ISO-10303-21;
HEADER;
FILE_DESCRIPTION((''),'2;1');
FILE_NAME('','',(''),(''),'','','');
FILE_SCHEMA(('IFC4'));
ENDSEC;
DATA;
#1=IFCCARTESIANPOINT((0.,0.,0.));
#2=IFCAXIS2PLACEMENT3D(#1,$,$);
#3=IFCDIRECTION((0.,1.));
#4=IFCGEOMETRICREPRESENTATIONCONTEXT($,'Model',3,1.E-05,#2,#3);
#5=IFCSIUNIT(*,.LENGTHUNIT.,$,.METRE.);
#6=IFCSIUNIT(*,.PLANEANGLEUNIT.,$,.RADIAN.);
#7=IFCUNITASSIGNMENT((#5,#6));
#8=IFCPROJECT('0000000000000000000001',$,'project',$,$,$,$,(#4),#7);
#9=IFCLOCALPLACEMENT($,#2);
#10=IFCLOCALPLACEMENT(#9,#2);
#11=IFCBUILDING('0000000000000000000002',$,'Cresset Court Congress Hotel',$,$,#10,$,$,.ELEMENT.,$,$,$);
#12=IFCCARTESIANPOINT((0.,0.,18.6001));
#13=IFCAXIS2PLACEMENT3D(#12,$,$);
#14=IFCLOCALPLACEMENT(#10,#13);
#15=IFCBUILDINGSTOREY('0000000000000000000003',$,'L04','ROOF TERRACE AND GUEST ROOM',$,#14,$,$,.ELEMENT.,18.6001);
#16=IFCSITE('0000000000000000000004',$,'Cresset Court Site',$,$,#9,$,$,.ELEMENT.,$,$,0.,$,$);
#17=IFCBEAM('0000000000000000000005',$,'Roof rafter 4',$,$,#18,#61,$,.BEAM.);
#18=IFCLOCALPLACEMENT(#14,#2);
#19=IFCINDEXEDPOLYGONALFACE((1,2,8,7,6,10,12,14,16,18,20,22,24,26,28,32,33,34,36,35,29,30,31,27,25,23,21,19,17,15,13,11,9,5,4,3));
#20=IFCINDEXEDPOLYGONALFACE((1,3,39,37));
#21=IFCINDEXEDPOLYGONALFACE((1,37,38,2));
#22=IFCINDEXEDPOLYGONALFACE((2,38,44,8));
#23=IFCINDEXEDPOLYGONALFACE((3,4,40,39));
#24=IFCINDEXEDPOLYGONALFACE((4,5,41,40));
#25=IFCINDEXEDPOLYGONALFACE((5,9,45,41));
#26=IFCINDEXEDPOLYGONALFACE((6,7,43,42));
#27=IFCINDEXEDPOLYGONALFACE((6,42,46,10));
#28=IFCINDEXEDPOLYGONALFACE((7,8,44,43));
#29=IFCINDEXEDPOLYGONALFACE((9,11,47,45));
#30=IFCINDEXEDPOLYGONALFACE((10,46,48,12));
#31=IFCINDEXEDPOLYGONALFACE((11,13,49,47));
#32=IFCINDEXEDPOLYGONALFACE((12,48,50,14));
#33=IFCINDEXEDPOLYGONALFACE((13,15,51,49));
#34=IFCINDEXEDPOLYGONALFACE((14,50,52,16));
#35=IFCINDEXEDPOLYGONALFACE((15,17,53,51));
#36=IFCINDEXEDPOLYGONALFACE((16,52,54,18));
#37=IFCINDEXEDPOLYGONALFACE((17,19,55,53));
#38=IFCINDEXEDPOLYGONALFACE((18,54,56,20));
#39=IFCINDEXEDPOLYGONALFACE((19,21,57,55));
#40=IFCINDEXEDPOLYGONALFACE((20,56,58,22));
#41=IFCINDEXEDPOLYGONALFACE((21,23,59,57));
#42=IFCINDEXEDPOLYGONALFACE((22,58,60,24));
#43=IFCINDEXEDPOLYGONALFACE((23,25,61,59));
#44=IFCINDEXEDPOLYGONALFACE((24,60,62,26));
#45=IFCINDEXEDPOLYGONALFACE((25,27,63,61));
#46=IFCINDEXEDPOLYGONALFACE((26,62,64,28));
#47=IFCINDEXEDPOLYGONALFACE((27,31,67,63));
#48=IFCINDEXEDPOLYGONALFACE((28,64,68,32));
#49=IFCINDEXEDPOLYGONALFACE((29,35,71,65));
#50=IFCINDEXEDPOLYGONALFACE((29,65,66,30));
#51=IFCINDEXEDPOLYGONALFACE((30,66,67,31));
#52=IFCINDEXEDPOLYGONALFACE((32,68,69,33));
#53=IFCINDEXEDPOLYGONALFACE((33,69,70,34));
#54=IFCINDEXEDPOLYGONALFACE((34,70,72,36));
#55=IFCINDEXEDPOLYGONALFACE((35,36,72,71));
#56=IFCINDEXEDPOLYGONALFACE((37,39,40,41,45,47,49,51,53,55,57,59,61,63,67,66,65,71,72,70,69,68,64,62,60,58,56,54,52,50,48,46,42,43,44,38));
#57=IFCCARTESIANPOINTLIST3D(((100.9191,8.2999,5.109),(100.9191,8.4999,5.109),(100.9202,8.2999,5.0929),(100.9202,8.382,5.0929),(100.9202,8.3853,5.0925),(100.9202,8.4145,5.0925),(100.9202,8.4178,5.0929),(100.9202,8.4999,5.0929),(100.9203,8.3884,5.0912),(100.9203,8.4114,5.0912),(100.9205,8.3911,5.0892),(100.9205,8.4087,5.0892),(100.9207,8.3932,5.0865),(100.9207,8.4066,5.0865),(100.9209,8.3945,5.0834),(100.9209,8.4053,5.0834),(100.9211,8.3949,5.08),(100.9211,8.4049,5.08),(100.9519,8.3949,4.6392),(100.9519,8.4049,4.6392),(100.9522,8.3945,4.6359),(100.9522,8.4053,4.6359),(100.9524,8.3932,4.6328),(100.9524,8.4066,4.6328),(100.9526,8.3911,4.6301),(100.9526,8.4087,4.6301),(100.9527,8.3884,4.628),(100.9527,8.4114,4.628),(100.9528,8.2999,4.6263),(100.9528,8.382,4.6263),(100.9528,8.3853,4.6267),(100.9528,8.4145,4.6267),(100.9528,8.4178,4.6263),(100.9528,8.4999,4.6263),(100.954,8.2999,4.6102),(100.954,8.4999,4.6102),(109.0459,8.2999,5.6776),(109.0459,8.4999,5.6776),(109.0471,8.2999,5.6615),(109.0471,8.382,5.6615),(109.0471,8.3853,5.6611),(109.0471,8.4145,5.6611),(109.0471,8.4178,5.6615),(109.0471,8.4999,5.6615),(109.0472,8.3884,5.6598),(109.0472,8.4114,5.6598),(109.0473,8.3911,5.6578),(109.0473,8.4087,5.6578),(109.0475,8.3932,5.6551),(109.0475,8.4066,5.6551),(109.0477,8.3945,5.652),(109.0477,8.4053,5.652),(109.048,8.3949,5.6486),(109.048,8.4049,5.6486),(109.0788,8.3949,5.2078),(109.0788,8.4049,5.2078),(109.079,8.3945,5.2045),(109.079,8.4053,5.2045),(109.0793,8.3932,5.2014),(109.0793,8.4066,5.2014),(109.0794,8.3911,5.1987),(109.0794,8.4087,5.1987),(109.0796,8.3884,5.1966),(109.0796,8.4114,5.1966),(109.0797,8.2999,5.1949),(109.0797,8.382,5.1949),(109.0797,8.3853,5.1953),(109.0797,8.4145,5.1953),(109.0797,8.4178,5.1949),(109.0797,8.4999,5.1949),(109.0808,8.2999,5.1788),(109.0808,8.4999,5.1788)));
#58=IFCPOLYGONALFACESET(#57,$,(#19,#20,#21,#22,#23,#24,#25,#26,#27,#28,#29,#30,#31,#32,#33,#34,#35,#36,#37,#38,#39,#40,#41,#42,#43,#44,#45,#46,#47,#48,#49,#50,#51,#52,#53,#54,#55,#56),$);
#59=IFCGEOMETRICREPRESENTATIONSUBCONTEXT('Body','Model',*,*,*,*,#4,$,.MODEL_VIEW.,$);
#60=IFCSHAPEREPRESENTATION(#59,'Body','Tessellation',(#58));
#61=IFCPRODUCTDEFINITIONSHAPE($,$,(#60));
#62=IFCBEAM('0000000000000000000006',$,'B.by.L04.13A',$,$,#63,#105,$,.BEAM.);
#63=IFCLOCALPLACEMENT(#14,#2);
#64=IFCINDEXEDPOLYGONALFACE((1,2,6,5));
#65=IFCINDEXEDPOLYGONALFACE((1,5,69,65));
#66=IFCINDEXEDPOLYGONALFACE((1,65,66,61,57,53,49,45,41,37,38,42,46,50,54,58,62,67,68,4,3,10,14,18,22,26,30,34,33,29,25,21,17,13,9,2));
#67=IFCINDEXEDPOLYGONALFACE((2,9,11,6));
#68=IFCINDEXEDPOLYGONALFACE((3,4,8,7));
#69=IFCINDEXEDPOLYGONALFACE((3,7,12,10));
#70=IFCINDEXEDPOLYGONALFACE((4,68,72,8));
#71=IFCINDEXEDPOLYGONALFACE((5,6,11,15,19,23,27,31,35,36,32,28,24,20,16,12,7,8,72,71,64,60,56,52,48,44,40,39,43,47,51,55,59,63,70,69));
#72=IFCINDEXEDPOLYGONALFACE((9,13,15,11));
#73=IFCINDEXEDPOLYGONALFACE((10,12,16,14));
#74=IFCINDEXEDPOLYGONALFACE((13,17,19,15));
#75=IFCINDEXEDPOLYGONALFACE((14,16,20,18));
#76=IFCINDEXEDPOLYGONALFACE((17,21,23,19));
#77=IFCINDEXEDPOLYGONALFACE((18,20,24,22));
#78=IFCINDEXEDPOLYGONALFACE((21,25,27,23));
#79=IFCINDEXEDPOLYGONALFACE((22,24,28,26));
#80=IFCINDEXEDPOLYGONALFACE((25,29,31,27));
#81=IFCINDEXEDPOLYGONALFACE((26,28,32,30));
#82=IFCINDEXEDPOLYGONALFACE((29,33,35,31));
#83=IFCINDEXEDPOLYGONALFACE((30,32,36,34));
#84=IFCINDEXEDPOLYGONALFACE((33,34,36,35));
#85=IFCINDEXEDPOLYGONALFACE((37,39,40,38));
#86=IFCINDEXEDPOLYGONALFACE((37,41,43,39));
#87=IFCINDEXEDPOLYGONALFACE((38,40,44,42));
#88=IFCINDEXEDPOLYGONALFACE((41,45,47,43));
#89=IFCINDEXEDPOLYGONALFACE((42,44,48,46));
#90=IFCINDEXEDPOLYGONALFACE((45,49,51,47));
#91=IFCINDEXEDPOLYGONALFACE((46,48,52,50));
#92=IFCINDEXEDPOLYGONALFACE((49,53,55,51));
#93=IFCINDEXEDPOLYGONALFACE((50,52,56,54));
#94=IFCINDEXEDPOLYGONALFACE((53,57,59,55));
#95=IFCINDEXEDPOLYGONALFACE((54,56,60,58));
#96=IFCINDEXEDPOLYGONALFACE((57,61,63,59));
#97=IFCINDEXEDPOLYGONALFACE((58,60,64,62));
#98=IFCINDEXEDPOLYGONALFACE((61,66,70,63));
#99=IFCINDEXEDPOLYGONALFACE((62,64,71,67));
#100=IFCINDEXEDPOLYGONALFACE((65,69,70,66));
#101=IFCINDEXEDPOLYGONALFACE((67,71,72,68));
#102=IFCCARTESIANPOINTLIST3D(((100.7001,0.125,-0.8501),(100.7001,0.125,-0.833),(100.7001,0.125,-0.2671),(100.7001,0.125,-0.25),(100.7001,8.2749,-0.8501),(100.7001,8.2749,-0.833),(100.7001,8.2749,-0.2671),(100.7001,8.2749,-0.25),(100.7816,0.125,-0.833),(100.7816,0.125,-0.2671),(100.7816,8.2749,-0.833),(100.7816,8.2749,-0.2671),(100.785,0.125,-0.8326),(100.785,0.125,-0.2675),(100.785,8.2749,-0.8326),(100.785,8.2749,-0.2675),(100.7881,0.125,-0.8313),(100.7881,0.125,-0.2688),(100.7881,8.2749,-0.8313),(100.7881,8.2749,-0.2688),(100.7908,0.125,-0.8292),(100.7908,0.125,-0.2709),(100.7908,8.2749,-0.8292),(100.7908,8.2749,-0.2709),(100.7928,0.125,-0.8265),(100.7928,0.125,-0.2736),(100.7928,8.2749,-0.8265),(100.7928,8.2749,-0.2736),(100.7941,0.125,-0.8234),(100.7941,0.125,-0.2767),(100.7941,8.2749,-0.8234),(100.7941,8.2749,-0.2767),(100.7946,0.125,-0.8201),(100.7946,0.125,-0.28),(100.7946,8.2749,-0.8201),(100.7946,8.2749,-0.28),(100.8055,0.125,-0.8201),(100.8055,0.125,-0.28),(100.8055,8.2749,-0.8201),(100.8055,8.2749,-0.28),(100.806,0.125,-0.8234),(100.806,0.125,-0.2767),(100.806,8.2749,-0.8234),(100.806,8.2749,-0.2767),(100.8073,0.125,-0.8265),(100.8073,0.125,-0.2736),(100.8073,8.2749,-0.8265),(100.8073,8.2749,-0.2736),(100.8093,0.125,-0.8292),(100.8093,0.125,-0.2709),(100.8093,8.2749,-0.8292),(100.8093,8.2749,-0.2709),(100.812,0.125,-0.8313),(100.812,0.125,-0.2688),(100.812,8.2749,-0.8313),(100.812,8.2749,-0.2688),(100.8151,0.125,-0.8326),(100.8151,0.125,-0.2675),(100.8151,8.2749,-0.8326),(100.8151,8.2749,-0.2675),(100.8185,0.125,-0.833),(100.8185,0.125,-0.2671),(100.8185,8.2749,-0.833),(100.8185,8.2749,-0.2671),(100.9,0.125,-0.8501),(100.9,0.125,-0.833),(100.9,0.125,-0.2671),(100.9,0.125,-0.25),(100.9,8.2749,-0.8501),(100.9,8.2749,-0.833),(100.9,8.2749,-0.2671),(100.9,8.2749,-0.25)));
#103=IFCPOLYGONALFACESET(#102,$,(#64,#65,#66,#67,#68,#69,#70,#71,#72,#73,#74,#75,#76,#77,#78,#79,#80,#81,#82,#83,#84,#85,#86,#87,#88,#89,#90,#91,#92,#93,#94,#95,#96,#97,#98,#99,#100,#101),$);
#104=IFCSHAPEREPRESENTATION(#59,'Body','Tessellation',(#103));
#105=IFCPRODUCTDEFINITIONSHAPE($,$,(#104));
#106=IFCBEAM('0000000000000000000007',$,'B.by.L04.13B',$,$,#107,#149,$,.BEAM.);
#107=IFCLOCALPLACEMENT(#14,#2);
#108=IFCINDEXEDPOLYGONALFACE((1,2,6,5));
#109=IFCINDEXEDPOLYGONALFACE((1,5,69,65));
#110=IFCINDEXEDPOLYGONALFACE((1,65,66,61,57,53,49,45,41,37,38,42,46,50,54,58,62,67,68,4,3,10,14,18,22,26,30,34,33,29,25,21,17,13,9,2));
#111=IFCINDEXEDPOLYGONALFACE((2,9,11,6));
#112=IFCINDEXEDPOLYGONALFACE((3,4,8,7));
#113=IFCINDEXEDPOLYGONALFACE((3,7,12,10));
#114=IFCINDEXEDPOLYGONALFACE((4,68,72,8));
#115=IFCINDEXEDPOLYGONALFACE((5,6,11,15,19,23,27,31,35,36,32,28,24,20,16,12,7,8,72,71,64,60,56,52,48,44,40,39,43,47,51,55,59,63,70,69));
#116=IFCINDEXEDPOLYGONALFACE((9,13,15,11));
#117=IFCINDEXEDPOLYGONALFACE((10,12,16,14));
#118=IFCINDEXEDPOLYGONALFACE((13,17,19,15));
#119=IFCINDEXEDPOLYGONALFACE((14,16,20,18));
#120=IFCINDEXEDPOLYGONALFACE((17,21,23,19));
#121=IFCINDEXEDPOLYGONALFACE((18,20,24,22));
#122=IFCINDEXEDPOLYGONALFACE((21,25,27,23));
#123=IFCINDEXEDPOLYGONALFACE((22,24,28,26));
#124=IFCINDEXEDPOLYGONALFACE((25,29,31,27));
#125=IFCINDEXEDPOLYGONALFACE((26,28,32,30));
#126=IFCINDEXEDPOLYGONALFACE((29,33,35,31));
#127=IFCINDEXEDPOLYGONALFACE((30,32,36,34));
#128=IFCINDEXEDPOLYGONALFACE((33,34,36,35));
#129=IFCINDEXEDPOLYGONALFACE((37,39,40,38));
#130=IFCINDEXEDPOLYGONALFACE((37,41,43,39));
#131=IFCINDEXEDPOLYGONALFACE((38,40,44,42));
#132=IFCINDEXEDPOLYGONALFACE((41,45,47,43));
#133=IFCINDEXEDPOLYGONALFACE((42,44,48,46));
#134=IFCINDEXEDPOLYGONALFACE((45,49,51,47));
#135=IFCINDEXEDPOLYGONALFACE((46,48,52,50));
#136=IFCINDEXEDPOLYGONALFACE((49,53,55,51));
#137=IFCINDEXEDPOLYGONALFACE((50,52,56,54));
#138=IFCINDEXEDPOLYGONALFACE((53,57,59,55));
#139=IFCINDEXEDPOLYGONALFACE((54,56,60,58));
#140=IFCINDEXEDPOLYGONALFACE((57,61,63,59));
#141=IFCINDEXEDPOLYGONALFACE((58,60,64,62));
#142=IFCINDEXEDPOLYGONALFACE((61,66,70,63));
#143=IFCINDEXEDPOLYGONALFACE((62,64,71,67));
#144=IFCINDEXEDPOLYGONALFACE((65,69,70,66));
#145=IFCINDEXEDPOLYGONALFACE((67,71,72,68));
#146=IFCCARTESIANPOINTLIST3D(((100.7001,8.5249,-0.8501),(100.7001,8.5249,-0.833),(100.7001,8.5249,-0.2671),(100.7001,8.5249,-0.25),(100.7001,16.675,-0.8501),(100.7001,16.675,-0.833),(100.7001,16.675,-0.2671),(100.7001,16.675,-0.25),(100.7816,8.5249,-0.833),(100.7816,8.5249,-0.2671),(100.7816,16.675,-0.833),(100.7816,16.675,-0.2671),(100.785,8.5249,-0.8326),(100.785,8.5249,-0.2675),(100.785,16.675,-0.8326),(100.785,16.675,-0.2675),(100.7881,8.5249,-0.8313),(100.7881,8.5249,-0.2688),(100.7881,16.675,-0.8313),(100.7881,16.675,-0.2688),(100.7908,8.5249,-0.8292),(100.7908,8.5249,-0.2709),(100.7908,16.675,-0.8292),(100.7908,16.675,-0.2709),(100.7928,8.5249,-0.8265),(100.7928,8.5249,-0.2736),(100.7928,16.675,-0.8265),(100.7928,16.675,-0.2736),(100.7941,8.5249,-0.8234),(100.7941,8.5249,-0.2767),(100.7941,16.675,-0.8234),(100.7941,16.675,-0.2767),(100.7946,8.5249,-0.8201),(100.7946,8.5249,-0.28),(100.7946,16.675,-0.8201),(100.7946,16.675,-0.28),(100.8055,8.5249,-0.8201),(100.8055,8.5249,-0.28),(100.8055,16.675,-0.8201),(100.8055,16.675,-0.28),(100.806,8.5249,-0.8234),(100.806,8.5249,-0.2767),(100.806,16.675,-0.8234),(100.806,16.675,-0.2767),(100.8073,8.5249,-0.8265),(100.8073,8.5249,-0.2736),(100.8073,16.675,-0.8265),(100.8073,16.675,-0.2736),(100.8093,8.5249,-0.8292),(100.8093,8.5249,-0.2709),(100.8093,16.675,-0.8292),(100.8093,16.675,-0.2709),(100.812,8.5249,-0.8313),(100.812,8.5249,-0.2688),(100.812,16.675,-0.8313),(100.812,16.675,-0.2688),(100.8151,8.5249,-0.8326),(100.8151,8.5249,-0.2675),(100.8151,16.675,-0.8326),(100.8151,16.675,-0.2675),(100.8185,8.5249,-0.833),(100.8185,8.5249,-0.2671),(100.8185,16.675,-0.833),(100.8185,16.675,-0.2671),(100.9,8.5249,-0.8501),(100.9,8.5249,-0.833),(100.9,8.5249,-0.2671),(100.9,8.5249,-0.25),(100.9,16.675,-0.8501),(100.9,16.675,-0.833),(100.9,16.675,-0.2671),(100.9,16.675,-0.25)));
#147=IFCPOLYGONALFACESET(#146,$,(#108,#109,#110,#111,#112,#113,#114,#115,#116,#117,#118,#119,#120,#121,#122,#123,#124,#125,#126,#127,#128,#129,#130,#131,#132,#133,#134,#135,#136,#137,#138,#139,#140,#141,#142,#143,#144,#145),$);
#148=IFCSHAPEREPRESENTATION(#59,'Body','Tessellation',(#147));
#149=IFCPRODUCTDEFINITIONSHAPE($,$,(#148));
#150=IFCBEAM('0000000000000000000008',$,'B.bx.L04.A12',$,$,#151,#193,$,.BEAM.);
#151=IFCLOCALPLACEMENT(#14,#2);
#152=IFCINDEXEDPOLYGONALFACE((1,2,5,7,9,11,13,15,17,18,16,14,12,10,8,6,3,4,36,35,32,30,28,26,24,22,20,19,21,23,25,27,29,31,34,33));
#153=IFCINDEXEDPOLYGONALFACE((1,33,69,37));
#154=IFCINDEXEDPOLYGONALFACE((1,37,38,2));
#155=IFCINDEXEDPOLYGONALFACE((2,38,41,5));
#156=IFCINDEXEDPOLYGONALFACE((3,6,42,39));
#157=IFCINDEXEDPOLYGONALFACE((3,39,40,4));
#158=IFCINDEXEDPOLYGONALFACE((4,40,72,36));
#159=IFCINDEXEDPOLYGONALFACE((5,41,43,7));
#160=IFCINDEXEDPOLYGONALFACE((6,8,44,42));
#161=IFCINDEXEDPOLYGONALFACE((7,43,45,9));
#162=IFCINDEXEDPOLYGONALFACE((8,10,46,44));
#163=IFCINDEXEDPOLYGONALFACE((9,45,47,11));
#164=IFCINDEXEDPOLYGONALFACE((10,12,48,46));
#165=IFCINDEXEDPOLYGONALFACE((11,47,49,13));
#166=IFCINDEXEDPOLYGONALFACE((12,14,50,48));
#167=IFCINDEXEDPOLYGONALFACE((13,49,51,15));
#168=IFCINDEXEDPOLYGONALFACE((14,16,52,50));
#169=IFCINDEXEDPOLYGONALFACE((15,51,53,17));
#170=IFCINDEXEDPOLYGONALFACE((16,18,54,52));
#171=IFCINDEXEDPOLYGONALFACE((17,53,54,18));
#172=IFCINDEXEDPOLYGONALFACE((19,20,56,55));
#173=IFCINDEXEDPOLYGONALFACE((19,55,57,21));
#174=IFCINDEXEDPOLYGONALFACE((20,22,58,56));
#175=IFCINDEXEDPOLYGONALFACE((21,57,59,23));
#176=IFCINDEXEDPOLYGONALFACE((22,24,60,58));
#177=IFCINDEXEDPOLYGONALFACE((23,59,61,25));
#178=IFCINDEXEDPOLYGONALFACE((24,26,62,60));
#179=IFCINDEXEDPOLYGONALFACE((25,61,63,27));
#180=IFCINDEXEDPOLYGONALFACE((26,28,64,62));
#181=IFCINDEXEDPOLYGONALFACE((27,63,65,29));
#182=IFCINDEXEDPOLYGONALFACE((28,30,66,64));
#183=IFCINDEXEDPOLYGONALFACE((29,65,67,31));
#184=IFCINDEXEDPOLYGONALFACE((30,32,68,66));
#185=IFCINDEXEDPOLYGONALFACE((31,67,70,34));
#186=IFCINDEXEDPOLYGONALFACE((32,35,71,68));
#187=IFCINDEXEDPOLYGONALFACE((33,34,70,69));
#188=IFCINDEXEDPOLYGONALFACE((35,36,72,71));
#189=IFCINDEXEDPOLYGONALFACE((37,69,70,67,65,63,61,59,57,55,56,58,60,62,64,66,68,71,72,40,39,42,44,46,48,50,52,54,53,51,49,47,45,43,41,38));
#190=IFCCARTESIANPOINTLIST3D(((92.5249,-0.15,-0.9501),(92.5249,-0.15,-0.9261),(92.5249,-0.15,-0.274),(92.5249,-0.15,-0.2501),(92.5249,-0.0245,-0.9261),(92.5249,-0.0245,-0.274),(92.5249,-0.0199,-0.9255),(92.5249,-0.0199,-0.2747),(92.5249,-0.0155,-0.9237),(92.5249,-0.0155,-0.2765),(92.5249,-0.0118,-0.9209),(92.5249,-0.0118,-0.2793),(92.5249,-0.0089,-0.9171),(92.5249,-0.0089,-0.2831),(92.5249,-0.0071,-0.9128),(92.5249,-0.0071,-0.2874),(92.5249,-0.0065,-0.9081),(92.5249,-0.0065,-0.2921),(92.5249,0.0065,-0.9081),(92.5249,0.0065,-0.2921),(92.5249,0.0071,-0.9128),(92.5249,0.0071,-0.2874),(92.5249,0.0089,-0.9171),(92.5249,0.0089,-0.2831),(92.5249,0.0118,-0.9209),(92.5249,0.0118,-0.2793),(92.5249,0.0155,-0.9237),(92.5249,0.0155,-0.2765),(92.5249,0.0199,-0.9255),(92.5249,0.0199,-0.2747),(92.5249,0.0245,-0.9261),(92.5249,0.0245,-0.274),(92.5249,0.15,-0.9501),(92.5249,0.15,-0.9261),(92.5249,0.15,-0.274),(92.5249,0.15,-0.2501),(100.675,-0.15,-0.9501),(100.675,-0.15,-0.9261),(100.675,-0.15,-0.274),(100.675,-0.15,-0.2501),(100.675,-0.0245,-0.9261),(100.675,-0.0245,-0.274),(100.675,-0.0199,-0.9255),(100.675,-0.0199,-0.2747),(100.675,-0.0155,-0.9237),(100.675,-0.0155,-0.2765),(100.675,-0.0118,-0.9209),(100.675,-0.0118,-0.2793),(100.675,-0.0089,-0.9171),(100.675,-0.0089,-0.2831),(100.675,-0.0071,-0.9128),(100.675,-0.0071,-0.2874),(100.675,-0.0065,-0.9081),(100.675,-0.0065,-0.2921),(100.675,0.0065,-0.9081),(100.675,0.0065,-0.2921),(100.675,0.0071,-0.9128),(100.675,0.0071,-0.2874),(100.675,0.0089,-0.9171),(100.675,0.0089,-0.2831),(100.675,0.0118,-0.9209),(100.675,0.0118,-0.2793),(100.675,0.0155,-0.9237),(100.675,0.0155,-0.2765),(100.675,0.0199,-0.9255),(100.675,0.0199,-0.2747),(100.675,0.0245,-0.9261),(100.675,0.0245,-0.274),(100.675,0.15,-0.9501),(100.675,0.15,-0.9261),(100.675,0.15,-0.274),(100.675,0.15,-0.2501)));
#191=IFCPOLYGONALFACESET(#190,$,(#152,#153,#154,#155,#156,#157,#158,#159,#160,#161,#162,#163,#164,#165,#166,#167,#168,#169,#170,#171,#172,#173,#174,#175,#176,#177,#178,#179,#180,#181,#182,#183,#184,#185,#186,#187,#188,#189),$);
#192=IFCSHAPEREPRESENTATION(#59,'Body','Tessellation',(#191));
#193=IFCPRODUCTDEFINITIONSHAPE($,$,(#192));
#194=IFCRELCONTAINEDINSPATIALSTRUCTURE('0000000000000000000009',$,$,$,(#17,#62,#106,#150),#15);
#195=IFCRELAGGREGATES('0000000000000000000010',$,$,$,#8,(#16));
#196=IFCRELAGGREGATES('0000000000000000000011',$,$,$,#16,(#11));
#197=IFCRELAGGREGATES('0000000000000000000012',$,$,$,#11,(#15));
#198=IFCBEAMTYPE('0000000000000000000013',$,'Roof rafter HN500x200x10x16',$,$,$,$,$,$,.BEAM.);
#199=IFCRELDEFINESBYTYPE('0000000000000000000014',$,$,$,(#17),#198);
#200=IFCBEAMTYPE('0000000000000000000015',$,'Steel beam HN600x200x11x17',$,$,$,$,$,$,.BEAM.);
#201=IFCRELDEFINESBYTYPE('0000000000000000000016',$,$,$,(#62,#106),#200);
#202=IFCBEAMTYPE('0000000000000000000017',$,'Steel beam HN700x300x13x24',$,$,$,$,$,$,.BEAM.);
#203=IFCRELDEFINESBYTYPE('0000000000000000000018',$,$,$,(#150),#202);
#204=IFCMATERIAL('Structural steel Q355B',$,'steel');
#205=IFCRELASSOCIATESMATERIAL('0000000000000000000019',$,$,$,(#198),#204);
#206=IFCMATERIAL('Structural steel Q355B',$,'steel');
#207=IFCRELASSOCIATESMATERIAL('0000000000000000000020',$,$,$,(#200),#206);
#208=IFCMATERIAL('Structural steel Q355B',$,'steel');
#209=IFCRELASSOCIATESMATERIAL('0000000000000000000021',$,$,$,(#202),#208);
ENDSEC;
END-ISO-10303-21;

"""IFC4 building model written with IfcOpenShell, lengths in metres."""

from ifc_helpers import new_model, si_unit, direction, frame, origin, origin_2d, place, context, subcontext, project, spatial, i_section, extrude, material, material_profile, profile_set, type_object, element, save


model = new_model("IFC4")

# Units and contexts
model_context = context("Model", 3, precision=1e-05, world=origin(), true_north=direction((0.0, 1.0)))
body_context = subcontext(model_context, "Body", "Model", "MODEL_VIEW")
ifc_project = project(units=[si_unit("LENGTHUNIT", "METRE"), si_unit("PLANEANGLEUNIT", "RADIAN")], contexts=[model_context])

# Site, building, storey
site_placement = place(None, origin())
site = spatial("IfcSite", under=ifc_project, at=site_placement, Name="Cresset Court Site", CompositionType="ELEMENT", RefElevation=0.0)
building_placement = place(site_placement, origin())
building = spatial("IfcBuilding", under=site, at=building_placement, Name="Cresset Court Congress Hotel", CompositionType="ELEMENT")
storey_placement = place(building_placement, frame((0.0, 0.0, 18.6001)))
storey = spatial("IfcBuildingStorey", under=building, at=storey_placement, Name="L04", Description="ROOF TERRACE AND GUEST ROOM", CompositionType="ELEMENT", Elevation=18.6001)

# Beams
ifc_material_1 = material(Name="Structural steel Q355B", Category="steel")
ifc_material_profile_1 = material_profile(ifc_material_1, i_section(OverallWidth=0.2, OverallDepth=0.5, WebThickness=0.01, FlangeThickness=0.0161, FilletRadius=0.0129, at=origin_2d()), Name="HN500x200x10x16")
ifc_profile_set_1 = profile_set([ifc_material_profile_1], Name="Structural steel Q355B")
beam_type_1 = type_object("IfcBeamType", Name="Roof rafter HN500x200x10x16", PredefinedType="BEAM", material=ifc_profile_set_1)
for number, where, z_axis, x_axis, name in (
    (1, (100.9365, 8.3999, 4.8596), (0.997561, 0.0, 0.069795), (0.0, 1.0, 0.0), "Roof rafter 4"),
):
    element("IfcBeam", number, at=place(storey_placement, frame(where, z_axis=z_axis, x_axis=x_axis)), inside=storey, type_object=beam_type_1, Name=name, PredefinedType="BEAM", context=body_context, shape_type="SweptSolid", body=[
        extrude(i_section(OverallWidth=0.2, OverallDepth=0.5, WebThickness=0.01, FlangeThickness=0.0161, FilletRadius=0.0129, at=origin_2d()), origin(), (0.0, 0.0, 1.0), 8.1467),
    ])
ifc_material_2 = material(Name="Structural steel Q355B", Category="steel")
ifc_material_profile_2 = material_profile(ifc_material_2, i_section(OverallWidth=0.2, OverallDepth=0.6001, WebThickness=0.011, FlangeThickness=0.0171, FilletRadius=0.0129, at=origin_2d()), Name="HN600x200x11x17")
ifc_profile_set_2 = profile_set([ifc_material_profile_2], Name="Structural steel Q355B")
beam_type_2 = type_object("IfcBeamType", Name="Steel beam HN600x200x11x17", PredefinedType="BEAM", material=ifc_profile_set_2)
beam_1_placement = place(storey_placement, frame((100.8, 0.125, -0.55), z_axis=(0.0, 1.0, 0.0), x_axis=(-1.0, 0.0, 0.0)))
element("IfcBeam", 2, at=beam_1_placement, inside=storey, type_object=beam_type_2, Name="B.by.L04.13A", PredefinedType="BEAM", context=body_context, shape_type="SweptSolid", body=[
    extrude(i_section(OverallWidth=0.2, OverallDepth=0.6001, WebThickness=0.011, FlangeThickness=0.0171, FilletRadius=0.0129, at=origin_2d()), origin(), (0.0, 0.0, 1.0), 8.1499),
])
beam_2_placement = place(storey_placement, frame((100.8, 8.5249, -0.55), z_axis=(0.0, 1.0, 0.0), x_axis=(-1.0, 0.0, 0.0)))
element("IfcBeam", 3, at=beam_2_placement, inside=storey, type_object=beam_type_2, Name="B.by.L04.13B", PredefinedType="BEAM", context=body_context, shape_type="SweptSolid", body=[
    extrude(i_section(OverallWidth=0.2, OverallDepth=0.6001, WebThickness=0.011, FlangeThickness=0.0171, FilletRadius=0.0129, at=origin_2d()), origin(), (0.0, 0.0, 1.0), 8.1501),
])
ifc_material_3 = material(Name="Structural steel Q355B", Category="steel")
ifc_material_profile_3 = material_profile(ifc_material_3, i_section(OverallWidth=0.3, OverallDepth=0.7, WebThickness=0.0129, FlangeThickness=0.0239, FilletRadius=0.0181, at=origin_2d()), Name="HN700x300x13x24")
ifc_profile_set_3 = profile_set([ifc_material_profile_3], Name="Structural steel Q355B")
beam_type_3 = type_object("IfcBeamType", Name="Steel beam HN700x300x13x24", PredefinedType="BEAM", material=ifc_profile_set_3)
beam_3_placement = place(storey_placement, frame((92.5249, 0.0, -0.6001), z_axis=(1.0, 0.0, 0.0), x_axis=(0.0, 1.0, 0.0)))
element("IfcBeam", 4, at=beam_3_placement, inside=storey, type_object=beam_type_3, Name="B.bx.L04.A12", PredefinedType="BEAM", context=body_context, shape_type="SweptSolid", body=[
    extrude(i_section(OverallWidth=0.3, OverallDepth=0.7, WebThickness=0.0129, FlangeThickness=0.0239, FilletRadius=0.0181, at=origin_2d()), origin(), (0.0, 0.0, 1.0), 8.1501),
])

save(model, "model.ifc")
